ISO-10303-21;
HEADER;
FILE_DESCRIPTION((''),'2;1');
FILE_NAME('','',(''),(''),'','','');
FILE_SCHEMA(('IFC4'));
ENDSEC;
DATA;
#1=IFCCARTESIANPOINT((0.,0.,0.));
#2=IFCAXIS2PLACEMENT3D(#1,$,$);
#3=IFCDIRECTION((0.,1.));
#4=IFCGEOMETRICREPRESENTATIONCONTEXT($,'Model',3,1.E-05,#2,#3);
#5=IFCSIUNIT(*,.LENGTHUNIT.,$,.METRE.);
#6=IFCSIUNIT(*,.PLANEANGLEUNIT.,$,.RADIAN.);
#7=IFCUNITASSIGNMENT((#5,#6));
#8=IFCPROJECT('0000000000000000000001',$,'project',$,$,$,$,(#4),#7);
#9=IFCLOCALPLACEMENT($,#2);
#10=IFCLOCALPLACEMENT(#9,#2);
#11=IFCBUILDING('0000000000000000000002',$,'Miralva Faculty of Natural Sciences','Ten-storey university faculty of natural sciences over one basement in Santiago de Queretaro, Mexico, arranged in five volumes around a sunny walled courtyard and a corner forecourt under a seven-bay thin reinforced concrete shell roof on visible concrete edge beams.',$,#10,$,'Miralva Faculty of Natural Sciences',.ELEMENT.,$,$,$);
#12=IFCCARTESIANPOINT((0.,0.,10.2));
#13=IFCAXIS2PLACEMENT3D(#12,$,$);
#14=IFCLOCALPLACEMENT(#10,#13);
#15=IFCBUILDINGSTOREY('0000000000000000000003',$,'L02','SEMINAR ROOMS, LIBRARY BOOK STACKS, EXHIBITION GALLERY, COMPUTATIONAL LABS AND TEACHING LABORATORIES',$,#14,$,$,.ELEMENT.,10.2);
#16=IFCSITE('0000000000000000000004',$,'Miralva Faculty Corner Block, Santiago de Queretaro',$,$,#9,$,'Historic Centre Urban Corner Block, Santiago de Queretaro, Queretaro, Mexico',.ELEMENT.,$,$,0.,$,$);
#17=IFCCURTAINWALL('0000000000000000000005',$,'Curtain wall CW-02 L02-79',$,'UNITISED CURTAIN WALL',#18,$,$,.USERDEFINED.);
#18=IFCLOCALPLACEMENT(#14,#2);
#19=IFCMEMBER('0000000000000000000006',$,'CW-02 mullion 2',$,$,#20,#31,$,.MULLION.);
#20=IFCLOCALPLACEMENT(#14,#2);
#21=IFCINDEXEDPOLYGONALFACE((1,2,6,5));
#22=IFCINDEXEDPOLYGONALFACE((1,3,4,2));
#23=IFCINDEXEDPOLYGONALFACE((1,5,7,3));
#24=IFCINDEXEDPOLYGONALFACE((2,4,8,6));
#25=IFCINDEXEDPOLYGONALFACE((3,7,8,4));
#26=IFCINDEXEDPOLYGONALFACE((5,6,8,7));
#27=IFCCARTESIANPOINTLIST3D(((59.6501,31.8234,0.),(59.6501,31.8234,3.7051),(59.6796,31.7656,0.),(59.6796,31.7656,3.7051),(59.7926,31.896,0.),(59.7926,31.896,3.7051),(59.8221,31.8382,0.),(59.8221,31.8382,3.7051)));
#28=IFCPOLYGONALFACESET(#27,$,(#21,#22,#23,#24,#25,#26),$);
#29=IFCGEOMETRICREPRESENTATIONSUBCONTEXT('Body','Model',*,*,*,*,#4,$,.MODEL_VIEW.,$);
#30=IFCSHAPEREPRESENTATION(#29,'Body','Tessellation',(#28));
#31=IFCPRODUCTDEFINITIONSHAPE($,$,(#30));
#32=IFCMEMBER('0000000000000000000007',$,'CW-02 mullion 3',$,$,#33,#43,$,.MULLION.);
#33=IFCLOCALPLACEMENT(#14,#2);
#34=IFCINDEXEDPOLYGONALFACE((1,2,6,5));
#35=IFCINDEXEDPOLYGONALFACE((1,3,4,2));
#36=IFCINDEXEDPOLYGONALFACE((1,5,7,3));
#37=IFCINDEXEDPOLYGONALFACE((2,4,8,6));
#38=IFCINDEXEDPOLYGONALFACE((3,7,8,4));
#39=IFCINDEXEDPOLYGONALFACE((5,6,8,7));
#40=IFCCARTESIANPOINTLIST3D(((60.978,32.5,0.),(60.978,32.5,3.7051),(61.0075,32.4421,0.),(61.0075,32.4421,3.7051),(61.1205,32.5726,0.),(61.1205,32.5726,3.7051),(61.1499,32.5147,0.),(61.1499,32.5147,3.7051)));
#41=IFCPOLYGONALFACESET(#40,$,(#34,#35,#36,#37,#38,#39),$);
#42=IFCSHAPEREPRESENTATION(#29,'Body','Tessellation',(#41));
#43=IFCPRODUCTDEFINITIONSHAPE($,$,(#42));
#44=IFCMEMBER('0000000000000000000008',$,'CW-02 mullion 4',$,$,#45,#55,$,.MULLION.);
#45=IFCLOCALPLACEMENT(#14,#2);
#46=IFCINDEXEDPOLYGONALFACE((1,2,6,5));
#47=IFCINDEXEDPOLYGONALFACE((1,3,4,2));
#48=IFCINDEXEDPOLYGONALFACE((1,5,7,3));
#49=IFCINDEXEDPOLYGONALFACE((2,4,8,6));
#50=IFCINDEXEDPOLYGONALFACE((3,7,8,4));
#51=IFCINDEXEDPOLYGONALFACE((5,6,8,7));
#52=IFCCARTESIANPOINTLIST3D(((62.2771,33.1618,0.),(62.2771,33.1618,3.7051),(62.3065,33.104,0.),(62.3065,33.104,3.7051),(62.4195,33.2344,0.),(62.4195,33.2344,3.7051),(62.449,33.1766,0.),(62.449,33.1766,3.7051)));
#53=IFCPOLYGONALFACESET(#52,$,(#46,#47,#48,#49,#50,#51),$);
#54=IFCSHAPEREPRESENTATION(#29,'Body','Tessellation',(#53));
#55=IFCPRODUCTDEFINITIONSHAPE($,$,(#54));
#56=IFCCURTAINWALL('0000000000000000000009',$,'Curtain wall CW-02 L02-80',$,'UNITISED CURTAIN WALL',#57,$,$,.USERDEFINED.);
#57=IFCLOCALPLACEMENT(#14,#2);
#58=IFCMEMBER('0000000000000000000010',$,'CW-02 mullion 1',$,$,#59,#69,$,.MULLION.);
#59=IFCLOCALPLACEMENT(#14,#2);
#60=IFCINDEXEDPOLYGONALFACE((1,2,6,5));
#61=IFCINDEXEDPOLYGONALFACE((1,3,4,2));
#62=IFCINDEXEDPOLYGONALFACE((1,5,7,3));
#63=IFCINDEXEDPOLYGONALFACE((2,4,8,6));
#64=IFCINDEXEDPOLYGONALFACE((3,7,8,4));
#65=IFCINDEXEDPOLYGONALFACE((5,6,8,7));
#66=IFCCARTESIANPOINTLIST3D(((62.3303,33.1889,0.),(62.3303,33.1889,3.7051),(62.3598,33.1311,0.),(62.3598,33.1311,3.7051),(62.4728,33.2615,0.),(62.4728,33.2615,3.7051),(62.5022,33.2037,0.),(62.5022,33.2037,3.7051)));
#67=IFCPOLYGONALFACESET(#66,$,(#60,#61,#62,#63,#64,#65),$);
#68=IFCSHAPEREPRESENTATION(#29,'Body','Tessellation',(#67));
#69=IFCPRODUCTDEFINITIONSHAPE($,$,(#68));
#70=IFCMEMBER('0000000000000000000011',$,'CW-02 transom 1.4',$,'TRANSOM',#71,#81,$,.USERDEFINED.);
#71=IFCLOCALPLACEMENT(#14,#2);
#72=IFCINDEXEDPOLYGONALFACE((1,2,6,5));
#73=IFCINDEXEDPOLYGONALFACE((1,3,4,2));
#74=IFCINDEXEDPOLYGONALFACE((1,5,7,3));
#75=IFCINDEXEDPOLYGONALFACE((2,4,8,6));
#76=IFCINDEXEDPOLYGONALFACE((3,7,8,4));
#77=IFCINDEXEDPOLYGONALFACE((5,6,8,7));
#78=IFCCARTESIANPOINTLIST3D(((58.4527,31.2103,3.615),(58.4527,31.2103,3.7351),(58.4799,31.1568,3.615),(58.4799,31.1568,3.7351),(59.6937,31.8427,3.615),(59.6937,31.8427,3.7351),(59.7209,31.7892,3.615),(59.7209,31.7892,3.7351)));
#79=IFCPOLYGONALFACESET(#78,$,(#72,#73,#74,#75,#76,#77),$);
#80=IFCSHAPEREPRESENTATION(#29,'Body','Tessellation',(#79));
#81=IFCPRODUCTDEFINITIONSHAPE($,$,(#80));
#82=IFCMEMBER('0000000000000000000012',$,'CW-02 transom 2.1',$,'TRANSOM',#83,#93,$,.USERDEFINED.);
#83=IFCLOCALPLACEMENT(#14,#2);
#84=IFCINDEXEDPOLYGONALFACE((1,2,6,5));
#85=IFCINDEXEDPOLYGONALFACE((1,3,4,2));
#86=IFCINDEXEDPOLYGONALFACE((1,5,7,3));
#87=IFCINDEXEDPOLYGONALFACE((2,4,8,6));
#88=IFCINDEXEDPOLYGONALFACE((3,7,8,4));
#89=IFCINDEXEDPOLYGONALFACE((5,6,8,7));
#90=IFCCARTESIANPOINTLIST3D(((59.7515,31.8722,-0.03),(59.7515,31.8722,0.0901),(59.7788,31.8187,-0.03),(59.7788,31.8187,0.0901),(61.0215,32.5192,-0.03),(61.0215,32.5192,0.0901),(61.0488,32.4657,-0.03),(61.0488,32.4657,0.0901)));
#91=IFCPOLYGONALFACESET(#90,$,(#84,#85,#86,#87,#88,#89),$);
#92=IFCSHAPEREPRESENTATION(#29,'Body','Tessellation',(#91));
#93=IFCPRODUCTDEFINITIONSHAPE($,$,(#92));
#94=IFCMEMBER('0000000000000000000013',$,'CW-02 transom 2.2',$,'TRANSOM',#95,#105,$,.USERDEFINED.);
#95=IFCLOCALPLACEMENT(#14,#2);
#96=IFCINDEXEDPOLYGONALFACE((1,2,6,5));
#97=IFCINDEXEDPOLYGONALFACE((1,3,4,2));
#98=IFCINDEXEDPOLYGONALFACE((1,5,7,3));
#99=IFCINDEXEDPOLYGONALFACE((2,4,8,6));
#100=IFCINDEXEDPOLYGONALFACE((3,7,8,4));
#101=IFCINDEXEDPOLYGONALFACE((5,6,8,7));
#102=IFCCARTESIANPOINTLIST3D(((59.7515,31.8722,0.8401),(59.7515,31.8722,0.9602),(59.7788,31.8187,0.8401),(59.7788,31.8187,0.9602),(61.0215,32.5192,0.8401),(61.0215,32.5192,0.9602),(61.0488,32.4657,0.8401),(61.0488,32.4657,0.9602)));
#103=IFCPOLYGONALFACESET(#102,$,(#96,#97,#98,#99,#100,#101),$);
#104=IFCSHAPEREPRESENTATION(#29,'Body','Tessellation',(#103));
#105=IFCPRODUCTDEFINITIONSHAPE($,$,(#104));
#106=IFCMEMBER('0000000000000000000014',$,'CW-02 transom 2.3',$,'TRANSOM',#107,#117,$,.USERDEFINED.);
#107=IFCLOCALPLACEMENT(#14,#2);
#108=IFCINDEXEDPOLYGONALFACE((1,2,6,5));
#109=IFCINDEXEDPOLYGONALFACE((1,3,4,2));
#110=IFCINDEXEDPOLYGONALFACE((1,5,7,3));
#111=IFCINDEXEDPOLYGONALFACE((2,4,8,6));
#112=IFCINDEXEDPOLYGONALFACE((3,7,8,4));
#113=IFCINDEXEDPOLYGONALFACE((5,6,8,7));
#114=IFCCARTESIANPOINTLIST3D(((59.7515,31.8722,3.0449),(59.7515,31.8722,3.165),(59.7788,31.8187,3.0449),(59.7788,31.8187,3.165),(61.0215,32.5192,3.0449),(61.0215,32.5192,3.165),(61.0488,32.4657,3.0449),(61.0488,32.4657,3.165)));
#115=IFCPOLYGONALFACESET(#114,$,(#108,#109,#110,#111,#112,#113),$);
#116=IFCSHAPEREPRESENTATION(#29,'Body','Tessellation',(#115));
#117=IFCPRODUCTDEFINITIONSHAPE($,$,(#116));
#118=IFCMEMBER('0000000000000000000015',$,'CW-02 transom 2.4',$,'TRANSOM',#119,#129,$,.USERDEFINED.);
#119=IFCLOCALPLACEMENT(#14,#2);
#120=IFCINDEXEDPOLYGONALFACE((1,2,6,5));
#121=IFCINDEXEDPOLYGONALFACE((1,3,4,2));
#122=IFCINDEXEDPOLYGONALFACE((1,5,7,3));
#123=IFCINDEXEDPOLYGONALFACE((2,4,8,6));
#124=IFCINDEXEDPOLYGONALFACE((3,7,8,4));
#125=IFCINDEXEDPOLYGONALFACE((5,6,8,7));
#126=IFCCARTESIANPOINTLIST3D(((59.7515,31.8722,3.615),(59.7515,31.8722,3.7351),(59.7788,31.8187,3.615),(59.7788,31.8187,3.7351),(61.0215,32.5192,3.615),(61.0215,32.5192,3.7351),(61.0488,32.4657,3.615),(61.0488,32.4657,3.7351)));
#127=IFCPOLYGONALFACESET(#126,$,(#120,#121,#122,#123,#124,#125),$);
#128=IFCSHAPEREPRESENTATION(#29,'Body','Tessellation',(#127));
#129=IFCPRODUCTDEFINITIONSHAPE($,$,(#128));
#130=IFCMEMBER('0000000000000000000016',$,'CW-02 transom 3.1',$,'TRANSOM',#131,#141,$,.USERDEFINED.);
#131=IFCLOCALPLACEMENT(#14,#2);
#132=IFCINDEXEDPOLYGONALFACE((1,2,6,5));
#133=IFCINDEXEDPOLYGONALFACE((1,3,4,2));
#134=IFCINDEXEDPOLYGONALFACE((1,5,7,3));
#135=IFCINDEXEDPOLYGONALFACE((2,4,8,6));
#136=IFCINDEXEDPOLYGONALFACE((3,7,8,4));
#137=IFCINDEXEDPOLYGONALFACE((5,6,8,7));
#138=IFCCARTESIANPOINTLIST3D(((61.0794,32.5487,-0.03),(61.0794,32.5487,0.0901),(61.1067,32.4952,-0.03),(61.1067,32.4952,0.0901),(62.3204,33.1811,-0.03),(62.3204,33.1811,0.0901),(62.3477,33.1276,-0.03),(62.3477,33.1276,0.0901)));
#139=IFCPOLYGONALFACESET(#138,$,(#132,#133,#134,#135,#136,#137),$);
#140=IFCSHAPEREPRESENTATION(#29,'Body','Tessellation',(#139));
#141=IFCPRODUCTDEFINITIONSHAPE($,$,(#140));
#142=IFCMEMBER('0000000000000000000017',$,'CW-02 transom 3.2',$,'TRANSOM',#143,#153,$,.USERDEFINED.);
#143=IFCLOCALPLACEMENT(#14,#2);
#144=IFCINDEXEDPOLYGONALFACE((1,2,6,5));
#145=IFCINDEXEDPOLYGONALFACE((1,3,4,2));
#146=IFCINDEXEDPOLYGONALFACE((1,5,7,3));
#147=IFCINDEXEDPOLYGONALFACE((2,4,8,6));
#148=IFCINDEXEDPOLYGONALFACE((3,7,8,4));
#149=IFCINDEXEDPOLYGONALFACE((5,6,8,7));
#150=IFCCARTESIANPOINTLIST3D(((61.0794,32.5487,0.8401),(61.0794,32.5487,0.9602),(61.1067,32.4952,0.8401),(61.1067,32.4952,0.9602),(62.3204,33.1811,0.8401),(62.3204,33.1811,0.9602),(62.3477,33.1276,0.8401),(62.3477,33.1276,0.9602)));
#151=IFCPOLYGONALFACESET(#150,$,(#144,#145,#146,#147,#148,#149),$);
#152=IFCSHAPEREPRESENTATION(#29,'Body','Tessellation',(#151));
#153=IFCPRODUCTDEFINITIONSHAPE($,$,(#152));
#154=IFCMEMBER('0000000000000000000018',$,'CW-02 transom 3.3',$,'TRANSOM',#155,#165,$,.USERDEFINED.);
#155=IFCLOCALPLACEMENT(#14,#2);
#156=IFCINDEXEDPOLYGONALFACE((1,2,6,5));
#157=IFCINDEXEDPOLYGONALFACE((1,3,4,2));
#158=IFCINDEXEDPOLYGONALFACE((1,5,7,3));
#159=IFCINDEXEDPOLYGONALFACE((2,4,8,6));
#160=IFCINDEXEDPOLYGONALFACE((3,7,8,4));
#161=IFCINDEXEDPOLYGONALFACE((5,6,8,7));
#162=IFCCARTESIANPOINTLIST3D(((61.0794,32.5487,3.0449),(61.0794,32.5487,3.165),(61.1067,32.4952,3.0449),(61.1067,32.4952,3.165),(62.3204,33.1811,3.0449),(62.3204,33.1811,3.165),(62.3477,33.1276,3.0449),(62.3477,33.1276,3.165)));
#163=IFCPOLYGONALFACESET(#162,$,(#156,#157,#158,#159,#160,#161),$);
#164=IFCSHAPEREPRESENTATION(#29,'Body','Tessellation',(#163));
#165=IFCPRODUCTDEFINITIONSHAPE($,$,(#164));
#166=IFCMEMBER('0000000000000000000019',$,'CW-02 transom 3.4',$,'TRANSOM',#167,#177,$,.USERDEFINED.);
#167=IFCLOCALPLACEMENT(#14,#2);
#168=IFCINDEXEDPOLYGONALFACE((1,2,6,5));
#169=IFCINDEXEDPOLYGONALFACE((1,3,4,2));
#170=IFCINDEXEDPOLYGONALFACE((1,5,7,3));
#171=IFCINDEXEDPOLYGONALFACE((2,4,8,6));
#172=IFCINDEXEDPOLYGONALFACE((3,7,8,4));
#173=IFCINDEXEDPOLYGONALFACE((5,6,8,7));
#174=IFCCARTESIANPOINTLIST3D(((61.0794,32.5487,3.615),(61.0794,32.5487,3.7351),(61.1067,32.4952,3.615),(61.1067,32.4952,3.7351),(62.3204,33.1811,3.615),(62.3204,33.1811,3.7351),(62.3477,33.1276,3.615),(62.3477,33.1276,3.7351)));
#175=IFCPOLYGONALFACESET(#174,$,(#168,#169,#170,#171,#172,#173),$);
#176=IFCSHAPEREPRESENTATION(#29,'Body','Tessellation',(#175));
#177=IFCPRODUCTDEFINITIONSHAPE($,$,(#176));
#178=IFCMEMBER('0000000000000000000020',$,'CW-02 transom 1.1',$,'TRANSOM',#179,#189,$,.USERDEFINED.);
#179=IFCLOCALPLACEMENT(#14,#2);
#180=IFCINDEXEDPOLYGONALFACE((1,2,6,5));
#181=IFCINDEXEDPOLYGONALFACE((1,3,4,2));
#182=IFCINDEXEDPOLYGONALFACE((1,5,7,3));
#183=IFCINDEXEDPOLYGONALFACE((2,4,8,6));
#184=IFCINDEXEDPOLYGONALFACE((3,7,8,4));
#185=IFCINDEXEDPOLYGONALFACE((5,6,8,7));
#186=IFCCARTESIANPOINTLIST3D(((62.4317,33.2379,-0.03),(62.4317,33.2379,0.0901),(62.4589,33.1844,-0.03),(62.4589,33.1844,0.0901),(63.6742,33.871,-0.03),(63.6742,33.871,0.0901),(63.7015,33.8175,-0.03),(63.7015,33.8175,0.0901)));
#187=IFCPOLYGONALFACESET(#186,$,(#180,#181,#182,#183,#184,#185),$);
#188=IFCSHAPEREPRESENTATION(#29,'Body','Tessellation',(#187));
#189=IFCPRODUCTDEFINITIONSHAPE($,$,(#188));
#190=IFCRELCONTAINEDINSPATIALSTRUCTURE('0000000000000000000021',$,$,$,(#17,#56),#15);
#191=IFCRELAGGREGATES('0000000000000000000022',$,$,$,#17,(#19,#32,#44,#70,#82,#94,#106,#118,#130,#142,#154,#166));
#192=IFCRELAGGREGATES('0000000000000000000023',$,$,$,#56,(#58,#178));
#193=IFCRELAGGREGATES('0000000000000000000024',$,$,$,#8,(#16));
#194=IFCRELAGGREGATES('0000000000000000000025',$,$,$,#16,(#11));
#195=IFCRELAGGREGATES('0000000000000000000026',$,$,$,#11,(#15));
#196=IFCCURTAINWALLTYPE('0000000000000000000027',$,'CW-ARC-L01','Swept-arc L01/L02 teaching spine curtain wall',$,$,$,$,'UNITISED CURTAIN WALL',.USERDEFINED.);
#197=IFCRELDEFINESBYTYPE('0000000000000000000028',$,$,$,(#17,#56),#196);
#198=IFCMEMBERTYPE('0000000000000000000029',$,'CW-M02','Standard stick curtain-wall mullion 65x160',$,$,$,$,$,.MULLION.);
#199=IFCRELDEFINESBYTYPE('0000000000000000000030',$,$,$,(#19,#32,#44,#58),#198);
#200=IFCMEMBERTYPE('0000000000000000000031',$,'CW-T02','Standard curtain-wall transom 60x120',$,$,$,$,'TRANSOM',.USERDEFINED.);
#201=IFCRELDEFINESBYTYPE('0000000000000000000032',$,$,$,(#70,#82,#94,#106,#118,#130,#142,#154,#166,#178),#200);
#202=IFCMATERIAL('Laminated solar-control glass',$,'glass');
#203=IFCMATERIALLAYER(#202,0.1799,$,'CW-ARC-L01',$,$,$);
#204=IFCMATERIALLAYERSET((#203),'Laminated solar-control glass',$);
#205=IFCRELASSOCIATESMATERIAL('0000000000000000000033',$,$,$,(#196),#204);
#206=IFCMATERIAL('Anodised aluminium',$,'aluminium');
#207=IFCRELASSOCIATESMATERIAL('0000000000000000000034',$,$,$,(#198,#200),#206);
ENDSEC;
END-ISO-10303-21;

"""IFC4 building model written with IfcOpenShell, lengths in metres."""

from ifc_helpers import new_model, si_unit, direction, frame, origin, origin_2d, place, context, subcontext, project, spatial, rectangle, extrude, material, layer, layer_set, material_profile, profile_set, type_object, element, aggregate, save


model = new_model("IFC4")

# Units and contexts
model_context = context("Model", 3, precision=1e-05, world=origin(), true_north=direction((0.0, 1.0)))
body_context = subcontext(model_context, "Body", "Model", "MODEL_VIEW")
ifc_project = project(units=[si_unit("LENGTHUNIT", "METRE"), si_unit("PLANEANGLEUNIT", "RADIAN")], contexts=[model_context])

# Site, building, storey
site_placement = place(None, origin())
site = spatial("IfcSite", under=ifc_project, at=site_placement, Name="Miralva Faculty Corner Block, Santiago de Queretaro", LongName="Historic Centre Urban Corner Block, Santiago de Queretaro, Queretaro, Mexico", CompositionType="ELEMENT", RefElevation=0.0)
building_placement = place(site_placement, origin())
building = spatial("IfcBuilding", under=site, at=building_placement, Name="Miralva Faculty of Natural Sciences", Description="Ten-storey university faculty of natural sciences over one basement in Santiago de Queretaro, Mexico, arranged in five volumes around a sunny walled courtyard and a corner forecourt under a seven-bay thin reinforced concrete shell roof on visible concrete edge beams.", LongName="Miralva Faculty of Natural Sciences", CompositionType="ELEMENT")
storey_placement = place(building_placement, frame((0.0, 0.0, 10.2)))
storey = spatial("IfcBuildingStorey", under=building, at=storey_placement, Name="L02", Description="SEMINAR ROOMS, LIBRARY BOOK STACKS, EXHIBITION GALLERY, COMPUTATIONAL LABS AND TEACHING LABORATORIES", CompositionType="ELEMENT", Elevation=10.2)

# Curtain wall, members
ifc_material_1 = material(Name="Laminated solar-control glass", Category="glass")
ifc_layer_1 = layer(ifc_material_1, 0.1799, Name="CW-ARC-L01")
ifc_layer_set_1 = layer_set([ifc_layer_1], Name="Laminated solar-control glass")
curtain_wall_type = type_object("IfcCurtainWallType", Name="CW-ARC-L01", Description="Swept-arc L01/L02 teaching spine curtain wall", ElementType="UNITISED CURTAIN WALL", PredefinedType="USERDEFINED", material=ifc_layer_set_1)
curtain_wall_1_placement = place(storey_placement, origin())
curtain_wall_1 = element("IfcCurtainWall", 1, at=curtain_wall_1_placement, inside=storey, type_object=curtain_wall_type, Name="Curtain wall CW-02 L02-79", ObjectType="UNITISED CURTAIN WALL", PredefinedType="USERDEFINED")
ifc_material_2 = material(Name="Anodised aluminium", Category="aluminium")
ifc_material_profile_1 = material_profile(ifc_material_2, rectangle(XDim=0.0649, YDim=0.1599, at=origin_2d()), Name="MULLION 65x160")
ifc_profile_set_1 = profile_set([ifc_material_profile_1], Name="Anodised aluminium")
member_type_1 = type_object("IfcMemberType", Name="CW-M02", Description="Standard stick curtain-wall mullion 65x160", PredefinedType="MULLION", material=ifc_profile_set_1)
member_1_placement = place(storey_placement, frame((59.7361, 31.8308, 0.0), z_axis=(0.0, 0.0, 1.0), x_axis=(-0.454, 0.891002, 0.0)))
member_1 = element("IfcMember", 2, at=member_1_placement, type_object=member_type_1, Name="CW-02 mullion 2", PredefinedType="MULLION", context=body_context, shape_type="SweptSolid", body=[
    extrude(rectangle(XDim=0.0649, YDim=0.1599, at=origin_2d()), origin(), (0.0, 0.0, 1.0), 3.7051),
])
member_2_placement = place(storey_placement, frame((61.064, 32.5073, 0.0), z_axis=(0.0, 0.0, 1.0), x_axis=(-0.454, 0.891002, 0.0)))
member_2 = element("IfcMember", 3, at=member_2_placement, type_object=member_type_1, Name="CW-02 mullion 3", PredefinedType="MULLION", context=body_context, shape_type="SweptSolid", body=[
    extrude(rectangle(XDim=0.0649, YDim=0.1599, at=origin_2d()), origin(), (0.0, 0.0, 1.0), 3.7051),
])
member_3_placement = place(storey_placement, frame((62.363, 33.1692, 0.0), z_axis=(0.0, 0.0, 1.0), x_axis=(-0.454, 0.891002, 0.0)))
member_3 = element("IfcMember", 4, at=member_3_placement, type_object=member_type_1, Name="CW-02 mullion 4", PredefinedType="MULLION", context=body_context, shape_type="SweptSolid", body=[
    extrude(rectangle(XDim=0.0649, YDim=0.1599, at=origin_2d()), origin(), (0.0, 0.0, 1.0), 3.7051),
])

# Curtain wall, member
curtain_wall_2_placement = place(storey_placement, origin())
curtain_wall_2 = element("IfcCurtainWall", 5, at=curtain_wall_2_placement, inside=storey, type_object=curtain_wall_type, Name="Curtain wall CW-02 L02-80", ObjectType="UNITISED CURTAIN WALL", PredefinedType="USERDEFINED")
member_4_placement = place(storey_placement, frame((62.4163, 33.1963, 0.0), z_axis=(0.0, 0.0, 1.0), x_axis=(-0.453975, 0.891015, 0.0)))
member_4 = element("IfcMember", 6, at=member_4_placement, type_object=member_type_1, Name="CW-02 mullion 1", PredefinedType="MULLION", context=body_context, shape_type="SweptSolid", body=[
    extrude(rectangle(XDim=0.0649, YDim=0.1599, at=origin_2d()), origin(), (0.0, 0.0, 1.0), 3.7051),
])

# Members
ifc_material_profile_2 = material_profile(ifc_material_2, rectangle(XDim=0.0601, YDim=0.1201, at=origin_2d()), Name="TRANSOM 60x120")
ifc_profile_set_2 = profile_set([ifc_material_profile_2], Name="Anodised aluminium")
member_type_2 = type_object("IfcMemberType", Name="CW-T02", Description="Standard curtain-wall transom 60x120", ElementType="TRANSOM", PredefinedType="USERDEFINED", material=ifc_profile_set_2)
member_5_placement = place(storey_placement, frame((58.4663, 31.1836, 3.675), z_axis=(0.891001, 0.454002, 0.0), x_axis=(-0.454002, 0.891001, 0.0)))
member_5 = element("IfcMember", 7, at=member_5_placement, type_object=member_type_2, Name="CW-02 transom 1.4", ObjectType="TRANSOM", PredefinedType="USERDEFINED", context=body_context, shape_type="SweptSolid", body=[
    extrude(rectangle(XDim=0.0601, YDim=0.1201, at=origin_2d()), origin(), (0.0, 0.0, 1.0), 1.3928),
])
member_6_placement = place(storey_placement, frame((59.7651, 31.8455, 0.03), z_axis=(0.891045, 0.453916, 0.0), x_axis=(-0.453916, 0.891045, 0.0)))
member_6 = element("IfcMember", 8, at=member_6_placement, type_object=member_type_2, Name="CW-02 transom 2.1", ObjectType="TRANSOM", PredefinedType="USERDEFINED", context=body_context, shape_type="SweptSolid", body=[
    extrude(rectangle(XDim=0.0601, YDim=0.1201, at=origin_2d()), origin(), (0.0, 0.0, 1.0), 1.4253),
])
member_7_placement = place(storey_placement, frame((59.7651, 31.8455, 0.9001), z_axis=(0.891045, 0.453916, 0.0), x_axis=(-0.453916, 0.891045, 0.0)))
member_7 = element("IfcMember", 9, at=member_7_placement, type_object=member_type_2, Name="CW-02 transom 2.2", ObjectType="TRANSOM", PredefinedType="USERDEFINED", context=body_context, shape_type="SweptSolid", body=[
    extrude(rectangle(XDim=0.0601, YDim=0.1201, at=origin_2d()), origin(), (0.0, 0.0, 1.0), 1.4253),
])
member_8_placement = place(storey_placement, frame((59.7651, 31.8455, 3.105), z_axis=(0.891045, 0.453916, 0.0), x_axis=(-0.453916, 0.891045, 0.0)))
member_8 = element("IfcMember", 10, at=member_8_placement, type_object=member_type_2, Name="CW-02 transom 2.3", ObjectType="TRANSOM", PredefinedType="USERDEFINED", context=body_context, shape_type="SweptSolid", body=[
    extrude(rectangle(XDim=0.0601, YDim=0.1201, at=origin_2d()), origin(), (0.0, 0.0, 1.0), 1.4253),
])
member_9_placement = place(storey_placement, frame((59.7651, 31.8455, 3.675), z_axis=(0.891045, 0.453916, 0.0), x_axis=(-0.453916, 0.891045, 0.0)))
member_9 = element("IfcMember", 11, at=member_9_placement, type_object=member_type_2, Name="CW-02 transom 2.4", ObjectType="TRANSOM", PredefinedType="USERDEFINED", context=body_context, shape_type="SweptSolid", body=[
    extrude(rectangle(XDim=0.0601, YDim=0.1201, at=origin_2d()), origin(), (0.0, 0.0, 1.0), 1.4253),
])
member_10_placement = place(storey_placement, frame((61.093, 32.522, 0.03), z_axis=(0.891001, 0.454002, 0.0), x_axis=(-0.454002, 0.891001, 0.0)))
member_10 = element("IfcMember", 12, at=member_10_placement, type_object=member_type_2, Name="CW-02 transom 3.1", ObjectType="TRANSOM", PredefinedType="USERDEFINED", context=body_context, shape_type="SweptSolid", body=[
    extrude(rectangle(XDim=0.0601, YDim=0.1201, at=origin_2d()), origin(), (0.0, 0.0, 1.0), 1.3928),
])
member_11_placement = place(storey_placement, frame((61.093, 32.522, 0.9001), z_axis=(0.891001, 0.454002, 0.0), x_axis=(-0.454002, 0.891001, 0.0)))
member_11 = element("IfcMember", 13, at=member_11_placement, type_object=member_type_2, Name="CW-02 transom 3.2", ObjectType="TRANSOM", PredefinedType="USERDEFINED", context=body_context, shape_type="SweptSolid", body=[
    extrude(rectangle(XDim=0.0601, YDim=0.1201, at=origin_2d()), origin(), (0.0, 0.0, 1.0), 1.3928),
])
member_12_placement = place(storey_placement, frame((61.093, 32.522, 3.105), z_axis=(0.891001, 0.454002, 0.0), x_axis=(-0.454002, 0.891001, 0.0)))
member_12 = element("IfcMember", 14, at=member_12_placement, type_object=member_type_2, Name="CW-02 transom 3.3", ObjectType="TRANSOM", PredefinedType="USERDEFINED", context=body_context, shape_type="SweptSolid", body=[
    extrude(rectangle(XDim=0.0601, YDim=0.1201, at=origin_2d()), origin(), (0.0, 0.0, 1.0), 1.3928),
])
member_13_placement = place(storey_placement, frame((61.093, 32.522, 3.675), z_axis=(0.891001, 0.454002, 0.0), x_axis=(-0.454002, 0.891001, 0.0)))
member_13 = element("IfcMember", 15, at=member_13_placement, type_object=member_type_2, Name="CW-02 transom 3.4", ObjectType="TRANSOM", PredefinedType="USERDEFINED", context=body_context, shape_type="SweptSolid", body=[
    extrude(rectangle(XDim=0.0601, YDim=0.1201, at=origin_2d()), origin(), (0.0, 0.0, 1.0), 1.3928),
])
member_14_placement = place(storey_placement, frame((62.4453, 33.2112, 0.03), z_axis=(0.891005, 0.453994, 0.0), x_axis=(-0.453994, 0.891005, 0.0)))
member_14 = element("IfcMember", 16, at=member_14_placement, type_object=member_type_2, Name="CW-02 transom 1.1", ObjectType="TRANSOM", PredefinedType="USERDEFINED", context=body_context, shape_type="SweptSolid", body=[
    extrude(rectangle(XDim=0.0601, YDim=0.1201, at=origin_2d()), origin(), (0.0, 0.0, 1.0), 1.3945),
])

aggregate(curtain_wall_1, [member_1, member_2, member_3, member_5, member_6, member_7, member_8, member_9, member_10, member_11, member_12, member_13])
aggregate(curtain_wall_2, [member_4, member_14])

save(model, "model.ifc")
